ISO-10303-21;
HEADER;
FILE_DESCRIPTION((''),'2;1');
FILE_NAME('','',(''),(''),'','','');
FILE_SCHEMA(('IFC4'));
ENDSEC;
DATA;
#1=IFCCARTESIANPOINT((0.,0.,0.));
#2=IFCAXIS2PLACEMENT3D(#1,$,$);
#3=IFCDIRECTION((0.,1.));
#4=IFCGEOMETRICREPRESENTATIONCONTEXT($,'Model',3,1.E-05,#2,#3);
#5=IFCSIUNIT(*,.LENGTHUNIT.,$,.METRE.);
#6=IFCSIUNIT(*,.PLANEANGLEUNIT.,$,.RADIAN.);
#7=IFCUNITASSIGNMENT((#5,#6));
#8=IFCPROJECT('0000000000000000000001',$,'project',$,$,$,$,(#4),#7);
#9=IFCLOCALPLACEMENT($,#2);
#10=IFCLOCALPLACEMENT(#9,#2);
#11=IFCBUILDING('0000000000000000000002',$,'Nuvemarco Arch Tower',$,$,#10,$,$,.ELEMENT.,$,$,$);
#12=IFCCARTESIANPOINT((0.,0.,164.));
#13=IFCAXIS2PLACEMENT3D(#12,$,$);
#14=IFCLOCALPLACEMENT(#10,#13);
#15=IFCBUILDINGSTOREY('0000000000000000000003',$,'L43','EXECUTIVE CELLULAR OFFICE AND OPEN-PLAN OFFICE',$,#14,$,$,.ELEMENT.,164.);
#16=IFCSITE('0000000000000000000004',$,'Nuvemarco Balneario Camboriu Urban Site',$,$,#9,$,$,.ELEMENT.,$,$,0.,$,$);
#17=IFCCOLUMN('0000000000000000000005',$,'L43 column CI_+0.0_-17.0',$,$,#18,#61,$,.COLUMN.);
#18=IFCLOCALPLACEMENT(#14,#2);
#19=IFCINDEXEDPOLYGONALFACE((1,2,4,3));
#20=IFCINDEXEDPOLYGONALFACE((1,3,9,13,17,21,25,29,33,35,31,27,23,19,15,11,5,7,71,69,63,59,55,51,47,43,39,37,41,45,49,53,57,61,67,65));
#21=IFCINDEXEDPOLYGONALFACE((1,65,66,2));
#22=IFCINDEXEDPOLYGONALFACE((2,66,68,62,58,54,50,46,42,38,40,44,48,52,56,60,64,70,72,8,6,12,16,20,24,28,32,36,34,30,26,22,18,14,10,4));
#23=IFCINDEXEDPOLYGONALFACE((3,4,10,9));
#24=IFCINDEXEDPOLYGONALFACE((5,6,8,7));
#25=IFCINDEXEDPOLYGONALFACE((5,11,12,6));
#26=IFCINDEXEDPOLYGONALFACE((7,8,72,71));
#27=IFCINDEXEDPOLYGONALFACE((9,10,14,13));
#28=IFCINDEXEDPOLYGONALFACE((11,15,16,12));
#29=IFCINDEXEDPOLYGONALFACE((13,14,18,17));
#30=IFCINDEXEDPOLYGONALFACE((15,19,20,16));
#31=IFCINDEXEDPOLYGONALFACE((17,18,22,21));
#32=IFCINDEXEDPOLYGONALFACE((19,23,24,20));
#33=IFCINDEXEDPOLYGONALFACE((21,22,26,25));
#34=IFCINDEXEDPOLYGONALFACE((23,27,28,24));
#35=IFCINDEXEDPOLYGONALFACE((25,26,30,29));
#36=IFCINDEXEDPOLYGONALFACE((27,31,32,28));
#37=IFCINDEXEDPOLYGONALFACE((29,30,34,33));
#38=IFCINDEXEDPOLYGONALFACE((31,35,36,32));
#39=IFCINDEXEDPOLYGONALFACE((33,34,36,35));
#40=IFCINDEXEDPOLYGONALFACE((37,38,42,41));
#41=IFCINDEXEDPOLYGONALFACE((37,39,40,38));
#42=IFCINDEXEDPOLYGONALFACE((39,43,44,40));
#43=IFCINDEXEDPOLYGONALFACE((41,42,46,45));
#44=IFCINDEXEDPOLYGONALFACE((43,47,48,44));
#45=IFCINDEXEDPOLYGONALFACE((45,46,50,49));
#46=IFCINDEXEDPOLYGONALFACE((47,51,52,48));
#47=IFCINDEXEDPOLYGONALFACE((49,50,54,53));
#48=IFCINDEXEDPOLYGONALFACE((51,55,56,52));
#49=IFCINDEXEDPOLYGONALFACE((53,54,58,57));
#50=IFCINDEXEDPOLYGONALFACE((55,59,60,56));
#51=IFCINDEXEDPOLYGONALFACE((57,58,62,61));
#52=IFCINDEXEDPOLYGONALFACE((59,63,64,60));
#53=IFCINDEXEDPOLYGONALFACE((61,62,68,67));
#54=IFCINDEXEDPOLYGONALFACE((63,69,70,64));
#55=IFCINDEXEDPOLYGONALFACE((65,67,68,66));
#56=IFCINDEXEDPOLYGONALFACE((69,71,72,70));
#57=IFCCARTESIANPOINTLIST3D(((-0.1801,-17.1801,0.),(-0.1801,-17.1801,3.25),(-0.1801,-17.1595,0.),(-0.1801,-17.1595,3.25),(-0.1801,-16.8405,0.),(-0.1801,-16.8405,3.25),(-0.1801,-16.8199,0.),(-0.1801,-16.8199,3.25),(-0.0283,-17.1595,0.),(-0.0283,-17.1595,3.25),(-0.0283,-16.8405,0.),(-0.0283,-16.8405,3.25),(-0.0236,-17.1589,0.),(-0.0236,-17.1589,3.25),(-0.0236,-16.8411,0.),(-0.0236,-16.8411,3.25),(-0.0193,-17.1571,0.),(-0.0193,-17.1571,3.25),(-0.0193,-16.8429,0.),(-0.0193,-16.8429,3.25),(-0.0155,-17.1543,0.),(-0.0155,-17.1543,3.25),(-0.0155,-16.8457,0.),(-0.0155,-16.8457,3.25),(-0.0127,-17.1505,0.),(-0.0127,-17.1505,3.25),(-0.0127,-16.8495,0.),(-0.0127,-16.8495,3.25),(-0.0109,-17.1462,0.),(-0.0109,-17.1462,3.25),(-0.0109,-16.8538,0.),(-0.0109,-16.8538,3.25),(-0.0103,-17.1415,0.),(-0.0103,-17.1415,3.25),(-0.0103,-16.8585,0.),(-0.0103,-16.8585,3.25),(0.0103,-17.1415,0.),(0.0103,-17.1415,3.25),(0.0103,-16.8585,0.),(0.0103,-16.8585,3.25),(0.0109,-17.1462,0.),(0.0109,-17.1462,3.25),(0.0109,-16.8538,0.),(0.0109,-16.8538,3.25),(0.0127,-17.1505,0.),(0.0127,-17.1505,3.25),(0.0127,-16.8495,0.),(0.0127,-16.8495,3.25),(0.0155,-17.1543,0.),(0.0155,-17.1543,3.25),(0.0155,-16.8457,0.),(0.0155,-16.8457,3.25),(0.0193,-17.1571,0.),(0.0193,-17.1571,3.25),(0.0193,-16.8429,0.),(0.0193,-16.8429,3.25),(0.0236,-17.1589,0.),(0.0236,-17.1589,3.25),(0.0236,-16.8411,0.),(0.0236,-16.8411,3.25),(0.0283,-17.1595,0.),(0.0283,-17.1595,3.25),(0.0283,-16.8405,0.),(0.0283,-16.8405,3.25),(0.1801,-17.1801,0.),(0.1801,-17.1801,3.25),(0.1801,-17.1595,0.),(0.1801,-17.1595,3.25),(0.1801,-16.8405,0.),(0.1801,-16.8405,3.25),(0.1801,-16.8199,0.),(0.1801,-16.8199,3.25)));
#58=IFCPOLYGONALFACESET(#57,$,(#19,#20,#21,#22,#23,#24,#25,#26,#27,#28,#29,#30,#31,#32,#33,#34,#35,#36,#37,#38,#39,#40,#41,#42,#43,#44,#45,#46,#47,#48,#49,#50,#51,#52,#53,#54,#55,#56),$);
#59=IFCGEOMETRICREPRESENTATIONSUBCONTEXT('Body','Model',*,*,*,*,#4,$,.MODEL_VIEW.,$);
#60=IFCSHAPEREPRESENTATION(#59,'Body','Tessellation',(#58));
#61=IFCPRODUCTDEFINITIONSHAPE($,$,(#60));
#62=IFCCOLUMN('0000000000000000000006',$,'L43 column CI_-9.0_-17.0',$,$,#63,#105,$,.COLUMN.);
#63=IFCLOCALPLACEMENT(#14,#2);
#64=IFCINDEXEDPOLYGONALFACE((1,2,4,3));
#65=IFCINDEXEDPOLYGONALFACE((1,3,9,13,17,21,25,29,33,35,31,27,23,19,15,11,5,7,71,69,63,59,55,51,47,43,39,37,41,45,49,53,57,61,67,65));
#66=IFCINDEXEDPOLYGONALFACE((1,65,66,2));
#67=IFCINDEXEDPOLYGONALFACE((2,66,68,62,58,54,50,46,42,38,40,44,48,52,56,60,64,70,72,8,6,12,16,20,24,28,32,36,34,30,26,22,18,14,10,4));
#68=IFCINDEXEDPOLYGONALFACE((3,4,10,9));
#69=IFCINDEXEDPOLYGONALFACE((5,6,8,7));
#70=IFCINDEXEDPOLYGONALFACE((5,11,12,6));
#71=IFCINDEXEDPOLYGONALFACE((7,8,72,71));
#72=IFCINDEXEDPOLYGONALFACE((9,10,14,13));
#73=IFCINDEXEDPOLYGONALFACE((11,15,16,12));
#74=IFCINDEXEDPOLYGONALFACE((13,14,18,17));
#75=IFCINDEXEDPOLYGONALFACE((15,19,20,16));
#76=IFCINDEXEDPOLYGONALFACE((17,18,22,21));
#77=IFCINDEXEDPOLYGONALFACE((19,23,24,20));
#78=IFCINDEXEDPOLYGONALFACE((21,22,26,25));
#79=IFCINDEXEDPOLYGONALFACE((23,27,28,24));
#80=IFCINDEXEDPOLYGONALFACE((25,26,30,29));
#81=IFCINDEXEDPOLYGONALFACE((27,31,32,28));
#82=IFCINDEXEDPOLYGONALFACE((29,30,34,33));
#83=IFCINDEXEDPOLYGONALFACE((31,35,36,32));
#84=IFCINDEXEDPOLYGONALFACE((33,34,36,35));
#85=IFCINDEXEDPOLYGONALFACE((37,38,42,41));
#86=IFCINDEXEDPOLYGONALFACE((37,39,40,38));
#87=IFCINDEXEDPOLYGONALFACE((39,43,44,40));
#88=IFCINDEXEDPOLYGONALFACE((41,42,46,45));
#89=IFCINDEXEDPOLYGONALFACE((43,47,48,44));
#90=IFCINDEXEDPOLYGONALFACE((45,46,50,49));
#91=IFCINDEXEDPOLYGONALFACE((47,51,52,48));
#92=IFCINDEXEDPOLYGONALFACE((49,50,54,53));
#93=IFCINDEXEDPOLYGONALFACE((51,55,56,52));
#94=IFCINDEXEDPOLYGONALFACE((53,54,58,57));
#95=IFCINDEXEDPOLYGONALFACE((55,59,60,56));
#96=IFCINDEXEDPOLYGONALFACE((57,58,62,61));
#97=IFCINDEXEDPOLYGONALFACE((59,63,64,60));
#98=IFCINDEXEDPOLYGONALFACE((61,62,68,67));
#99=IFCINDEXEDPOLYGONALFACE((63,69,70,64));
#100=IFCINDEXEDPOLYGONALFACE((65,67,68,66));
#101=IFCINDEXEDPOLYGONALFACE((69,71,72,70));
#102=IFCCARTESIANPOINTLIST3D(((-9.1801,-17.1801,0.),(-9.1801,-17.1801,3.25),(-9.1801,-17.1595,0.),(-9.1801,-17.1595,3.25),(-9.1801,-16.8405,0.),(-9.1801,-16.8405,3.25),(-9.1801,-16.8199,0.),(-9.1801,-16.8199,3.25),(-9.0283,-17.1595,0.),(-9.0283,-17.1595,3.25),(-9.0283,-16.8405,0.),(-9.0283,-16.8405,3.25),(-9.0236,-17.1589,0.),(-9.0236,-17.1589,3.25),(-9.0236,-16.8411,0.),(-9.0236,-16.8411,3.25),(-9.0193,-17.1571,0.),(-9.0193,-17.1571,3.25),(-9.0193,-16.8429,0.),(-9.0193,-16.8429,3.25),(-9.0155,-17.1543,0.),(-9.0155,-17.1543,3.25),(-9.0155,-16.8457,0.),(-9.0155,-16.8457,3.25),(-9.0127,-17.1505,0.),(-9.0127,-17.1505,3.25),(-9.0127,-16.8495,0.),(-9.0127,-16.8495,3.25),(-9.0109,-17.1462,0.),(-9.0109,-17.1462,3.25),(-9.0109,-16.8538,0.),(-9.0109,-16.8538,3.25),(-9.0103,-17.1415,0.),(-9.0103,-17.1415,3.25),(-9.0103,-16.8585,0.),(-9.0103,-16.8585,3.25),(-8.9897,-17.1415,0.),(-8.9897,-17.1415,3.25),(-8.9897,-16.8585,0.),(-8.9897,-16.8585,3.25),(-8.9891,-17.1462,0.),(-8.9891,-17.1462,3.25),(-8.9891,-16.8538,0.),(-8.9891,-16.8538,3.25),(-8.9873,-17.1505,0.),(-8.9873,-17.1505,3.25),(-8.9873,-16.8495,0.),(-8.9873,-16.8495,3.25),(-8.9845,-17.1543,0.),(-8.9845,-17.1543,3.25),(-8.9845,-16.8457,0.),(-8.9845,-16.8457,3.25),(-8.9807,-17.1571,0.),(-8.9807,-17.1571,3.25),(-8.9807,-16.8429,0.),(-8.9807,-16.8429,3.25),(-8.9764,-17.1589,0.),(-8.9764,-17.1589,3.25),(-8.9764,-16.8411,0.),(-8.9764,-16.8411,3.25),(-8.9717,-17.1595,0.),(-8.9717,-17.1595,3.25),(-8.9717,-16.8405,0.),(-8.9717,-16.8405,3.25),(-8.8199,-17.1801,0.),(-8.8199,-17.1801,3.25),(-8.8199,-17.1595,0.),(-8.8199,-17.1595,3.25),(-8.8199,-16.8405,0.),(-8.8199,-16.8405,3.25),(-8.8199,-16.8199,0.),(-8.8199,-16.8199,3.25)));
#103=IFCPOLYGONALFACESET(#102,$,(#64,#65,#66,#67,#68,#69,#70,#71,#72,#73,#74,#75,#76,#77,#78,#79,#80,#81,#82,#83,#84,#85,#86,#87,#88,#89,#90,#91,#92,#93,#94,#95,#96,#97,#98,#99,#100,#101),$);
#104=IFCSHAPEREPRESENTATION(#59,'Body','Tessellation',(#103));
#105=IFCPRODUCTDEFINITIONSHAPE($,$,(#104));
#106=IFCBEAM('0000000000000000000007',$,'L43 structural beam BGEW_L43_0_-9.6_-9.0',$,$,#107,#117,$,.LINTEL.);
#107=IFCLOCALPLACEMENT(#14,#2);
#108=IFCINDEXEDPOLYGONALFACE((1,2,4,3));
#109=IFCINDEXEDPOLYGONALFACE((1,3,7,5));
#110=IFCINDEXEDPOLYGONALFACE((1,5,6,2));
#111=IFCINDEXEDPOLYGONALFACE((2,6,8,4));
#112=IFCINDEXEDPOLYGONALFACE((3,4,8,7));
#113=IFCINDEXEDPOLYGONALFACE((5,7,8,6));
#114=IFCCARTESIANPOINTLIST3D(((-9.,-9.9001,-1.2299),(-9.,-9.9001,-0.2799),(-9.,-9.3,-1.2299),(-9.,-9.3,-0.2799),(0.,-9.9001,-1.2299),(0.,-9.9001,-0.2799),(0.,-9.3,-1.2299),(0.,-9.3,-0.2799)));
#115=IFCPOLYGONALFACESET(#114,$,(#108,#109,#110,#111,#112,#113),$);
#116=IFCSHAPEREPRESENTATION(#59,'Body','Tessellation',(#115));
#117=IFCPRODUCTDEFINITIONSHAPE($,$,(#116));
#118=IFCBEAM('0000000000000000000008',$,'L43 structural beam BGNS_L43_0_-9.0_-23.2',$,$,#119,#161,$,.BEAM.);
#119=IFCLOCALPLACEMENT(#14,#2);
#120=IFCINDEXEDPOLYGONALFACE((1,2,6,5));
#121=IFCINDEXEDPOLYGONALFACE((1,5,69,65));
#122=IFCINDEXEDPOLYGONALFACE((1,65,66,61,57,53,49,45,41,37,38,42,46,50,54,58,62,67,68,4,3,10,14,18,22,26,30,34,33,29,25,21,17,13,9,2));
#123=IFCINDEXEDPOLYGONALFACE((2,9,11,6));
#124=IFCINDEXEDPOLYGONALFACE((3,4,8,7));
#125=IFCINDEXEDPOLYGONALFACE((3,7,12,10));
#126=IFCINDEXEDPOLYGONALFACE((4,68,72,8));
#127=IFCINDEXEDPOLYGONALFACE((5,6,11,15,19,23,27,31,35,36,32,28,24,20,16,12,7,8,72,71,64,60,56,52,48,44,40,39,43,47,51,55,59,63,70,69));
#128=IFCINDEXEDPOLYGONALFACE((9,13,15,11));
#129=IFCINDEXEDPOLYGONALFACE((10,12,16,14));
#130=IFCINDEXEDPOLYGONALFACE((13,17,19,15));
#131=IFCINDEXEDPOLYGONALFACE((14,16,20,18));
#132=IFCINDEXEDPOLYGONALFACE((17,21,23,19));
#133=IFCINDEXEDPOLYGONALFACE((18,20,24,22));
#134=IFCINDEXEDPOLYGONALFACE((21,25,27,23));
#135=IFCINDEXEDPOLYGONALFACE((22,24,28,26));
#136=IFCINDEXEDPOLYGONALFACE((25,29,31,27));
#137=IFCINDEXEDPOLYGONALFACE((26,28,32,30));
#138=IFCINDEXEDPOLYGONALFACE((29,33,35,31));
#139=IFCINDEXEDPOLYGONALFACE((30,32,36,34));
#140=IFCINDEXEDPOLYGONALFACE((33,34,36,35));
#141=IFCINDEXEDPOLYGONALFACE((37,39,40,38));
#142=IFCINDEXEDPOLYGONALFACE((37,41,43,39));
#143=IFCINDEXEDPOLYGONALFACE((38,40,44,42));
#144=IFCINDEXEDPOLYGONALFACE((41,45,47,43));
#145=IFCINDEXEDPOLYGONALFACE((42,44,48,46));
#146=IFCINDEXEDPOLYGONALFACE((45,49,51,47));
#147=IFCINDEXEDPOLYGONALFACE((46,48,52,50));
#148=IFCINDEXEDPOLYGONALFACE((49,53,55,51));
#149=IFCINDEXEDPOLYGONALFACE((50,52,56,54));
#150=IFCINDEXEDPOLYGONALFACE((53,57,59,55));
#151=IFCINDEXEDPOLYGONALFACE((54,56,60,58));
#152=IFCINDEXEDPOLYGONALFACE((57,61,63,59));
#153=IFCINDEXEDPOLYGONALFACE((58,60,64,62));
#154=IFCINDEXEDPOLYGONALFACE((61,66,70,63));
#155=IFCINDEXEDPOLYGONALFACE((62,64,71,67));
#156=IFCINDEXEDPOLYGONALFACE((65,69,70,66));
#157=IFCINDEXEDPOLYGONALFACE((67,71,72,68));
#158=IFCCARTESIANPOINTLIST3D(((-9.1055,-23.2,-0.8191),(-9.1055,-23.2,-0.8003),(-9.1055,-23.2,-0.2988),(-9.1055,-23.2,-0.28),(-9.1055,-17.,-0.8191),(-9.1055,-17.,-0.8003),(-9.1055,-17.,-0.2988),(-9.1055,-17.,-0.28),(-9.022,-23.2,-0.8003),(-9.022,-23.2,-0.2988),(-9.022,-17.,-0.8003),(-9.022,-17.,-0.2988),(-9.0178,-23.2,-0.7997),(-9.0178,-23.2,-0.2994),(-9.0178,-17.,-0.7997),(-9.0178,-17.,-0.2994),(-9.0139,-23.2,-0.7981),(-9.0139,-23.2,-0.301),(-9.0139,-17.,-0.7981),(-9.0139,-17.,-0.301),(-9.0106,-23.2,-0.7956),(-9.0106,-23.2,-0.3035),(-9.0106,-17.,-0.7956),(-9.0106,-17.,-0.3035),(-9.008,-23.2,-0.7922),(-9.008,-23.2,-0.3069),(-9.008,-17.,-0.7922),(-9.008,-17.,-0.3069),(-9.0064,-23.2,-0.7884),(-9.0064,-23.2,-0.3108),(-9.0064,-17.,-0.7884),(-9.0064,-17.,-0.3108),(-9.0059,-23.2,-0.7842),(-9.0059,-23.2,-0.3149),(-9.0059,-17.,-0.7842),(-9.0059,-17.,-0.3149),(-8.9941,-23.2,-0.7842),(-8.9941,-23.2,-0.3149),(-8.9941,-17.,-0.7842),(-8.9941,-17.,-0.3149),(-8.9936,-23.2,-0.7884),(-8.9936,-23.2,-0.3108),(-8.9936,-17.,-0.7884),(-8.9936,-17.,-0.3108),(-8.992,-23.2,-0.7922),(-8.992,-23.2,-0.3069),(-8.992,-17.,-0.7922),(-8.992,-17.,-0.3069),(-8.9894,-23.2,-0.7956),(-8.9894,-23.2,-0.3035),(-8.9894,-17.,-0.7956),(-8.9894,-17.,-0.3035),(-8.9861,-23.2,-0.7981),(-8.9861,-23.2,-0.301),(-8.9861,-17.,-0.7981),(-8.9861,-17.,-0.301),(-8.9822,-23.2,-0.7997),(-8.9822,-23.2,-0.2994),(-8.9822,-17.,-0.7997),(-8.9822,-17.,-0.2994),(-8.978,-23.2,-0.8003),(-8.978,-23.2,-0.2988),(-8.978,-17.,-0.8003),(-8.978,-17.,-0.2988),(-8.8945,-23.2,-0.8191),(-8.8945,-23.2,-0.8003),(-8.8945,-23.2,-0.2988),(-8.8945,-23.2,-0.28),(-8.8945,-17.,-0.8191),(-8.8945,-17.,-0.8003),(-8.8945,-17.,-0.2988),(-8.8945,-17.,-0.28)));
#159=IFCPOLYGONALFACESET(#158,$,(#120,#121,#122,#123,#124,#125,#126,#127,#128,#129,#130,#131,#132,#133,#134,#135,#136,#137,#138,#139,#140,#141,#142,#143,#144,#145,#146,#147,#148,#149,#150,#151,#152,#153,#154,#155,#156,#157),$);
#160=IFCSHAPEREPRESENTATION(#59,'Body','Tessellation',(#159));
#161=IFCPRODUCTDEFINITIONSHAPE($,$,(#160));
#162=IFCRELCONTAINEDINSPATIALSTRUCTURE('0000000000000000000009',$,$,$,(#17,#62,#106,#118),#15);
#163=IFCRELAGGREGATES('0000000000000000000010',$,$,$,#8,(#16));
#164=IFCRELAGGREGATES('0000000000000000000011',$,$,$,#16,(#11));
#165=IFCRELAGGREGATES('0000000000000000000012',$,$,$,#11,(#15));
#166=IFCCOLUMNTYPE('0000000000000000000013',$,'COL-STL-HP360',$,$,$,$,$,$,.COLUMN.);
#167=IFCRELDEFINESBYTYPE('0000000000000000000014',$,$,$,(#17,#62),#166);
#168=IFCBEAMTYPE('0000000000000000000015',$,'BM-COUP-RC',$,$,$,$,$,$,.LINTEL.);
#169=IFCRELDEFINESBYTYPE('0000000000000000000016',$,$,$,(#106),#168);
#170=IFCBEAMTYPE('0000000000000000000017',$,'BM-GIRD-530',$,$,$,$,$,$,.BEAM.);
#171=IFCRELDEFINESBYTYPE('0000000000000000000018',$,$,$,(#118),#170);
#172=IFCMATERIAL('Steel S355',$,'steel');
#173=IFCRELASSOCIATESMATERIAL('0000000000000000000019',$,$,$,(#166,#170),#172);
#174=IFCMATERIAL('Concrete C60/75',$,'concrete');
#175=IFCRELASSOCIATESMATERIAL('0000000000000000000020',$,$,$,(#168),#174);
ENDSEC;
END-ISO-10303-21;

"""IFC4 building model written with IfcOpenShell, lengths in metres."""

from ifc_helpers import new_model, si_unit, direction, frame, origin, origin_2d, place, context, subcontext, project, spatial, rectangle, i_section, extrude, material, material_profile, profile_set, type_object, element, save


model = new_model("IFC4")

# Units and contexts
model_context = context("Model", 3, precision=1e-05, world=origin(), true_north=direction((0.0, 1.0)))
body_context = subcontext(model_context, "Body", "Model", "MODEL_VIEW")
ifc_project = project(units=[si_unit("LENGTHUNIT", "METRE"), si_unit("PLANEANGLEUNIT", "RADIAN")], contexts=[model_context])

# Site, building, storey
site_placement = place(None, origin())
site = spatial("IfcSite", under=ifc_project, at=site_placement, Name="Nuvemarco Balneario Camboriu Urban Site", CompositionType="ELEMENT", RefElevation=0.0)
building_placement = place(site_placement, origin())
building = spatial("IfcBuilding", under=site, at=building_placement, Name="Nuvemarco Arch Tower", CompositionType="ELEMENT")
storey_placement = place(building_placement, frame((0.0, 0.0, 164.0)))
storey = spatial("IfcBuildingStorey", under=building, at=storey_placement, Name="L43", Description="EXECUTIVE CELLULAR OFFICE AND OPEN-PLAN OFFICE", CompositionType="ELEMENT", Elevation=164.0)

# Columns
ifc_material_1 = material(Name="Steel S355", Category="steel")
ifc_material_profile_1 = material_profile(ifc_material_1, i_section(OverallWidth=0.3601, OverallDepth=0.3601, WebThickness=0.0205, FlangeThickness=0.0205, FilletRadius=0.0181, at=origin_2d()), Name="HP360x174")
ifc_profile_set_1 = profile_set([ifc_material_profile_1], Name="Steel S355")
column_type_1 = type_object("IfcColumnType", Name="COL-STL-HP360", PredefinedType="COLUMN", material=ifc_profile_set_1)
for number, where, z_axis, x_axis, name in (
    (1, (0.0, -17.0, 0.0), (0.0, 0.0, 1.0), (1.0, 0.0, 0.0), "L43 column CI_+0.0_-17.0"),
    (2, (-9.0, -17.0, 0.0), (0.0, 0.0, 1.0), (1.0, 0.0, 0.0), "L43 column CI_-9.0_-17.0"),
):
    element("IfcColumn", number, at=place(storey_placement, frame(where, z_axis=z_axis, x_axis=x_axis)), inside=storey, type_object=column_type_1, Name=name, PredefinedType="COLUMN", context=body_context, shape_type="SweptSolid", body=[
        extrude(i_section(OverallWidth=0.3601, OverallDepth=0.3601, WebThickness=0.0205, FlangeThickness=0.0205, FilletRadius=0.0181, at=origin_2d()), origin(), (0.0, 0.0, 1.0), 3.25),
    ])

# Beams
ifc_material_2 = material(Name="Concrete C60/75", Category="concrete")
ifc_material_profile_2 = material_profile(ifc_material_2, rectangle(XDim=0.6001, YDim=0.95, at=origin_2d()), Name="RC-BM-600x950")
ifc_profile_set_2 = profile_set([ifc_material_profile_2], Name="Concrete C60/75")
beam_type_1 = type_object("IfcBeamType", Name="BM-COUP-RC", PredefinedType="LINTEL", material=ifc_profile_set_2)
beam_1_placement = place(storey_placement, frame((-9.0, -9.6001, -0.7549), z_axis=(1.0, 0.0, 0.0), x_axis=(0.0, 1.0, 0.0)))
element("IfcBeam", 3, at=beam_1_placement, inside=storey, type_object=beam_type_1, Name="L43 structural beam BGEW_L43_0_-9.6_-9.0", PredefinedType="LINTEL", context=body_context, shape_type="SweptSolid", body=[
    extrude(rectangle(XDim=0.6001, YDim=0.95, at=origin_2d()), origin(), (0.0, 0.0, 1.0), 9.0),
])
ifc_material_profile_3 = material_profile(ifc_material_1, i_section(OverallWidth=0.2109, OverallDepth=0.5391, WebThickness=0.0117, FlangeThickness=0.0188, FilletRadius=0.0161, at=origin_2d()), Name="W530x109")
ifc_profile_set_3 = profile_set([ifc_material_profile_3], Name="Steel S355")
beam_type_2 = type_object("IfcBeamType", Name="BM-GIRD-530", PredefinedType="BEAM", material=ifc_profile_set_3)
beam_2_placement = place(storey_placement, frame((-9.0, -23.2, -0.5496), z_axis=(0.0, 1.0, 0.0), x_axis=(-1.0, 0.0, 0.0)))
element("IfcBeam", 4, at=beam_2_placement, inside=storey, type_object=beam_type_2, Name="L43 structural beam BGNS_L43_0_-9.0_-23.2", PredefinedType="BEAM", context=body_context, shape_type="SweptSolid", body=[
    extrude(i_section(OverallWidth=0.2109, OverallDepth=0.5391, WebThickness=0.0117, FlangeThickness=0.0188, FilletRadius=0.0161, at=origin_2d()), origin(), (0.0, 0.0, 1.0), 6.2),
])

save(model, "model.ifc")
